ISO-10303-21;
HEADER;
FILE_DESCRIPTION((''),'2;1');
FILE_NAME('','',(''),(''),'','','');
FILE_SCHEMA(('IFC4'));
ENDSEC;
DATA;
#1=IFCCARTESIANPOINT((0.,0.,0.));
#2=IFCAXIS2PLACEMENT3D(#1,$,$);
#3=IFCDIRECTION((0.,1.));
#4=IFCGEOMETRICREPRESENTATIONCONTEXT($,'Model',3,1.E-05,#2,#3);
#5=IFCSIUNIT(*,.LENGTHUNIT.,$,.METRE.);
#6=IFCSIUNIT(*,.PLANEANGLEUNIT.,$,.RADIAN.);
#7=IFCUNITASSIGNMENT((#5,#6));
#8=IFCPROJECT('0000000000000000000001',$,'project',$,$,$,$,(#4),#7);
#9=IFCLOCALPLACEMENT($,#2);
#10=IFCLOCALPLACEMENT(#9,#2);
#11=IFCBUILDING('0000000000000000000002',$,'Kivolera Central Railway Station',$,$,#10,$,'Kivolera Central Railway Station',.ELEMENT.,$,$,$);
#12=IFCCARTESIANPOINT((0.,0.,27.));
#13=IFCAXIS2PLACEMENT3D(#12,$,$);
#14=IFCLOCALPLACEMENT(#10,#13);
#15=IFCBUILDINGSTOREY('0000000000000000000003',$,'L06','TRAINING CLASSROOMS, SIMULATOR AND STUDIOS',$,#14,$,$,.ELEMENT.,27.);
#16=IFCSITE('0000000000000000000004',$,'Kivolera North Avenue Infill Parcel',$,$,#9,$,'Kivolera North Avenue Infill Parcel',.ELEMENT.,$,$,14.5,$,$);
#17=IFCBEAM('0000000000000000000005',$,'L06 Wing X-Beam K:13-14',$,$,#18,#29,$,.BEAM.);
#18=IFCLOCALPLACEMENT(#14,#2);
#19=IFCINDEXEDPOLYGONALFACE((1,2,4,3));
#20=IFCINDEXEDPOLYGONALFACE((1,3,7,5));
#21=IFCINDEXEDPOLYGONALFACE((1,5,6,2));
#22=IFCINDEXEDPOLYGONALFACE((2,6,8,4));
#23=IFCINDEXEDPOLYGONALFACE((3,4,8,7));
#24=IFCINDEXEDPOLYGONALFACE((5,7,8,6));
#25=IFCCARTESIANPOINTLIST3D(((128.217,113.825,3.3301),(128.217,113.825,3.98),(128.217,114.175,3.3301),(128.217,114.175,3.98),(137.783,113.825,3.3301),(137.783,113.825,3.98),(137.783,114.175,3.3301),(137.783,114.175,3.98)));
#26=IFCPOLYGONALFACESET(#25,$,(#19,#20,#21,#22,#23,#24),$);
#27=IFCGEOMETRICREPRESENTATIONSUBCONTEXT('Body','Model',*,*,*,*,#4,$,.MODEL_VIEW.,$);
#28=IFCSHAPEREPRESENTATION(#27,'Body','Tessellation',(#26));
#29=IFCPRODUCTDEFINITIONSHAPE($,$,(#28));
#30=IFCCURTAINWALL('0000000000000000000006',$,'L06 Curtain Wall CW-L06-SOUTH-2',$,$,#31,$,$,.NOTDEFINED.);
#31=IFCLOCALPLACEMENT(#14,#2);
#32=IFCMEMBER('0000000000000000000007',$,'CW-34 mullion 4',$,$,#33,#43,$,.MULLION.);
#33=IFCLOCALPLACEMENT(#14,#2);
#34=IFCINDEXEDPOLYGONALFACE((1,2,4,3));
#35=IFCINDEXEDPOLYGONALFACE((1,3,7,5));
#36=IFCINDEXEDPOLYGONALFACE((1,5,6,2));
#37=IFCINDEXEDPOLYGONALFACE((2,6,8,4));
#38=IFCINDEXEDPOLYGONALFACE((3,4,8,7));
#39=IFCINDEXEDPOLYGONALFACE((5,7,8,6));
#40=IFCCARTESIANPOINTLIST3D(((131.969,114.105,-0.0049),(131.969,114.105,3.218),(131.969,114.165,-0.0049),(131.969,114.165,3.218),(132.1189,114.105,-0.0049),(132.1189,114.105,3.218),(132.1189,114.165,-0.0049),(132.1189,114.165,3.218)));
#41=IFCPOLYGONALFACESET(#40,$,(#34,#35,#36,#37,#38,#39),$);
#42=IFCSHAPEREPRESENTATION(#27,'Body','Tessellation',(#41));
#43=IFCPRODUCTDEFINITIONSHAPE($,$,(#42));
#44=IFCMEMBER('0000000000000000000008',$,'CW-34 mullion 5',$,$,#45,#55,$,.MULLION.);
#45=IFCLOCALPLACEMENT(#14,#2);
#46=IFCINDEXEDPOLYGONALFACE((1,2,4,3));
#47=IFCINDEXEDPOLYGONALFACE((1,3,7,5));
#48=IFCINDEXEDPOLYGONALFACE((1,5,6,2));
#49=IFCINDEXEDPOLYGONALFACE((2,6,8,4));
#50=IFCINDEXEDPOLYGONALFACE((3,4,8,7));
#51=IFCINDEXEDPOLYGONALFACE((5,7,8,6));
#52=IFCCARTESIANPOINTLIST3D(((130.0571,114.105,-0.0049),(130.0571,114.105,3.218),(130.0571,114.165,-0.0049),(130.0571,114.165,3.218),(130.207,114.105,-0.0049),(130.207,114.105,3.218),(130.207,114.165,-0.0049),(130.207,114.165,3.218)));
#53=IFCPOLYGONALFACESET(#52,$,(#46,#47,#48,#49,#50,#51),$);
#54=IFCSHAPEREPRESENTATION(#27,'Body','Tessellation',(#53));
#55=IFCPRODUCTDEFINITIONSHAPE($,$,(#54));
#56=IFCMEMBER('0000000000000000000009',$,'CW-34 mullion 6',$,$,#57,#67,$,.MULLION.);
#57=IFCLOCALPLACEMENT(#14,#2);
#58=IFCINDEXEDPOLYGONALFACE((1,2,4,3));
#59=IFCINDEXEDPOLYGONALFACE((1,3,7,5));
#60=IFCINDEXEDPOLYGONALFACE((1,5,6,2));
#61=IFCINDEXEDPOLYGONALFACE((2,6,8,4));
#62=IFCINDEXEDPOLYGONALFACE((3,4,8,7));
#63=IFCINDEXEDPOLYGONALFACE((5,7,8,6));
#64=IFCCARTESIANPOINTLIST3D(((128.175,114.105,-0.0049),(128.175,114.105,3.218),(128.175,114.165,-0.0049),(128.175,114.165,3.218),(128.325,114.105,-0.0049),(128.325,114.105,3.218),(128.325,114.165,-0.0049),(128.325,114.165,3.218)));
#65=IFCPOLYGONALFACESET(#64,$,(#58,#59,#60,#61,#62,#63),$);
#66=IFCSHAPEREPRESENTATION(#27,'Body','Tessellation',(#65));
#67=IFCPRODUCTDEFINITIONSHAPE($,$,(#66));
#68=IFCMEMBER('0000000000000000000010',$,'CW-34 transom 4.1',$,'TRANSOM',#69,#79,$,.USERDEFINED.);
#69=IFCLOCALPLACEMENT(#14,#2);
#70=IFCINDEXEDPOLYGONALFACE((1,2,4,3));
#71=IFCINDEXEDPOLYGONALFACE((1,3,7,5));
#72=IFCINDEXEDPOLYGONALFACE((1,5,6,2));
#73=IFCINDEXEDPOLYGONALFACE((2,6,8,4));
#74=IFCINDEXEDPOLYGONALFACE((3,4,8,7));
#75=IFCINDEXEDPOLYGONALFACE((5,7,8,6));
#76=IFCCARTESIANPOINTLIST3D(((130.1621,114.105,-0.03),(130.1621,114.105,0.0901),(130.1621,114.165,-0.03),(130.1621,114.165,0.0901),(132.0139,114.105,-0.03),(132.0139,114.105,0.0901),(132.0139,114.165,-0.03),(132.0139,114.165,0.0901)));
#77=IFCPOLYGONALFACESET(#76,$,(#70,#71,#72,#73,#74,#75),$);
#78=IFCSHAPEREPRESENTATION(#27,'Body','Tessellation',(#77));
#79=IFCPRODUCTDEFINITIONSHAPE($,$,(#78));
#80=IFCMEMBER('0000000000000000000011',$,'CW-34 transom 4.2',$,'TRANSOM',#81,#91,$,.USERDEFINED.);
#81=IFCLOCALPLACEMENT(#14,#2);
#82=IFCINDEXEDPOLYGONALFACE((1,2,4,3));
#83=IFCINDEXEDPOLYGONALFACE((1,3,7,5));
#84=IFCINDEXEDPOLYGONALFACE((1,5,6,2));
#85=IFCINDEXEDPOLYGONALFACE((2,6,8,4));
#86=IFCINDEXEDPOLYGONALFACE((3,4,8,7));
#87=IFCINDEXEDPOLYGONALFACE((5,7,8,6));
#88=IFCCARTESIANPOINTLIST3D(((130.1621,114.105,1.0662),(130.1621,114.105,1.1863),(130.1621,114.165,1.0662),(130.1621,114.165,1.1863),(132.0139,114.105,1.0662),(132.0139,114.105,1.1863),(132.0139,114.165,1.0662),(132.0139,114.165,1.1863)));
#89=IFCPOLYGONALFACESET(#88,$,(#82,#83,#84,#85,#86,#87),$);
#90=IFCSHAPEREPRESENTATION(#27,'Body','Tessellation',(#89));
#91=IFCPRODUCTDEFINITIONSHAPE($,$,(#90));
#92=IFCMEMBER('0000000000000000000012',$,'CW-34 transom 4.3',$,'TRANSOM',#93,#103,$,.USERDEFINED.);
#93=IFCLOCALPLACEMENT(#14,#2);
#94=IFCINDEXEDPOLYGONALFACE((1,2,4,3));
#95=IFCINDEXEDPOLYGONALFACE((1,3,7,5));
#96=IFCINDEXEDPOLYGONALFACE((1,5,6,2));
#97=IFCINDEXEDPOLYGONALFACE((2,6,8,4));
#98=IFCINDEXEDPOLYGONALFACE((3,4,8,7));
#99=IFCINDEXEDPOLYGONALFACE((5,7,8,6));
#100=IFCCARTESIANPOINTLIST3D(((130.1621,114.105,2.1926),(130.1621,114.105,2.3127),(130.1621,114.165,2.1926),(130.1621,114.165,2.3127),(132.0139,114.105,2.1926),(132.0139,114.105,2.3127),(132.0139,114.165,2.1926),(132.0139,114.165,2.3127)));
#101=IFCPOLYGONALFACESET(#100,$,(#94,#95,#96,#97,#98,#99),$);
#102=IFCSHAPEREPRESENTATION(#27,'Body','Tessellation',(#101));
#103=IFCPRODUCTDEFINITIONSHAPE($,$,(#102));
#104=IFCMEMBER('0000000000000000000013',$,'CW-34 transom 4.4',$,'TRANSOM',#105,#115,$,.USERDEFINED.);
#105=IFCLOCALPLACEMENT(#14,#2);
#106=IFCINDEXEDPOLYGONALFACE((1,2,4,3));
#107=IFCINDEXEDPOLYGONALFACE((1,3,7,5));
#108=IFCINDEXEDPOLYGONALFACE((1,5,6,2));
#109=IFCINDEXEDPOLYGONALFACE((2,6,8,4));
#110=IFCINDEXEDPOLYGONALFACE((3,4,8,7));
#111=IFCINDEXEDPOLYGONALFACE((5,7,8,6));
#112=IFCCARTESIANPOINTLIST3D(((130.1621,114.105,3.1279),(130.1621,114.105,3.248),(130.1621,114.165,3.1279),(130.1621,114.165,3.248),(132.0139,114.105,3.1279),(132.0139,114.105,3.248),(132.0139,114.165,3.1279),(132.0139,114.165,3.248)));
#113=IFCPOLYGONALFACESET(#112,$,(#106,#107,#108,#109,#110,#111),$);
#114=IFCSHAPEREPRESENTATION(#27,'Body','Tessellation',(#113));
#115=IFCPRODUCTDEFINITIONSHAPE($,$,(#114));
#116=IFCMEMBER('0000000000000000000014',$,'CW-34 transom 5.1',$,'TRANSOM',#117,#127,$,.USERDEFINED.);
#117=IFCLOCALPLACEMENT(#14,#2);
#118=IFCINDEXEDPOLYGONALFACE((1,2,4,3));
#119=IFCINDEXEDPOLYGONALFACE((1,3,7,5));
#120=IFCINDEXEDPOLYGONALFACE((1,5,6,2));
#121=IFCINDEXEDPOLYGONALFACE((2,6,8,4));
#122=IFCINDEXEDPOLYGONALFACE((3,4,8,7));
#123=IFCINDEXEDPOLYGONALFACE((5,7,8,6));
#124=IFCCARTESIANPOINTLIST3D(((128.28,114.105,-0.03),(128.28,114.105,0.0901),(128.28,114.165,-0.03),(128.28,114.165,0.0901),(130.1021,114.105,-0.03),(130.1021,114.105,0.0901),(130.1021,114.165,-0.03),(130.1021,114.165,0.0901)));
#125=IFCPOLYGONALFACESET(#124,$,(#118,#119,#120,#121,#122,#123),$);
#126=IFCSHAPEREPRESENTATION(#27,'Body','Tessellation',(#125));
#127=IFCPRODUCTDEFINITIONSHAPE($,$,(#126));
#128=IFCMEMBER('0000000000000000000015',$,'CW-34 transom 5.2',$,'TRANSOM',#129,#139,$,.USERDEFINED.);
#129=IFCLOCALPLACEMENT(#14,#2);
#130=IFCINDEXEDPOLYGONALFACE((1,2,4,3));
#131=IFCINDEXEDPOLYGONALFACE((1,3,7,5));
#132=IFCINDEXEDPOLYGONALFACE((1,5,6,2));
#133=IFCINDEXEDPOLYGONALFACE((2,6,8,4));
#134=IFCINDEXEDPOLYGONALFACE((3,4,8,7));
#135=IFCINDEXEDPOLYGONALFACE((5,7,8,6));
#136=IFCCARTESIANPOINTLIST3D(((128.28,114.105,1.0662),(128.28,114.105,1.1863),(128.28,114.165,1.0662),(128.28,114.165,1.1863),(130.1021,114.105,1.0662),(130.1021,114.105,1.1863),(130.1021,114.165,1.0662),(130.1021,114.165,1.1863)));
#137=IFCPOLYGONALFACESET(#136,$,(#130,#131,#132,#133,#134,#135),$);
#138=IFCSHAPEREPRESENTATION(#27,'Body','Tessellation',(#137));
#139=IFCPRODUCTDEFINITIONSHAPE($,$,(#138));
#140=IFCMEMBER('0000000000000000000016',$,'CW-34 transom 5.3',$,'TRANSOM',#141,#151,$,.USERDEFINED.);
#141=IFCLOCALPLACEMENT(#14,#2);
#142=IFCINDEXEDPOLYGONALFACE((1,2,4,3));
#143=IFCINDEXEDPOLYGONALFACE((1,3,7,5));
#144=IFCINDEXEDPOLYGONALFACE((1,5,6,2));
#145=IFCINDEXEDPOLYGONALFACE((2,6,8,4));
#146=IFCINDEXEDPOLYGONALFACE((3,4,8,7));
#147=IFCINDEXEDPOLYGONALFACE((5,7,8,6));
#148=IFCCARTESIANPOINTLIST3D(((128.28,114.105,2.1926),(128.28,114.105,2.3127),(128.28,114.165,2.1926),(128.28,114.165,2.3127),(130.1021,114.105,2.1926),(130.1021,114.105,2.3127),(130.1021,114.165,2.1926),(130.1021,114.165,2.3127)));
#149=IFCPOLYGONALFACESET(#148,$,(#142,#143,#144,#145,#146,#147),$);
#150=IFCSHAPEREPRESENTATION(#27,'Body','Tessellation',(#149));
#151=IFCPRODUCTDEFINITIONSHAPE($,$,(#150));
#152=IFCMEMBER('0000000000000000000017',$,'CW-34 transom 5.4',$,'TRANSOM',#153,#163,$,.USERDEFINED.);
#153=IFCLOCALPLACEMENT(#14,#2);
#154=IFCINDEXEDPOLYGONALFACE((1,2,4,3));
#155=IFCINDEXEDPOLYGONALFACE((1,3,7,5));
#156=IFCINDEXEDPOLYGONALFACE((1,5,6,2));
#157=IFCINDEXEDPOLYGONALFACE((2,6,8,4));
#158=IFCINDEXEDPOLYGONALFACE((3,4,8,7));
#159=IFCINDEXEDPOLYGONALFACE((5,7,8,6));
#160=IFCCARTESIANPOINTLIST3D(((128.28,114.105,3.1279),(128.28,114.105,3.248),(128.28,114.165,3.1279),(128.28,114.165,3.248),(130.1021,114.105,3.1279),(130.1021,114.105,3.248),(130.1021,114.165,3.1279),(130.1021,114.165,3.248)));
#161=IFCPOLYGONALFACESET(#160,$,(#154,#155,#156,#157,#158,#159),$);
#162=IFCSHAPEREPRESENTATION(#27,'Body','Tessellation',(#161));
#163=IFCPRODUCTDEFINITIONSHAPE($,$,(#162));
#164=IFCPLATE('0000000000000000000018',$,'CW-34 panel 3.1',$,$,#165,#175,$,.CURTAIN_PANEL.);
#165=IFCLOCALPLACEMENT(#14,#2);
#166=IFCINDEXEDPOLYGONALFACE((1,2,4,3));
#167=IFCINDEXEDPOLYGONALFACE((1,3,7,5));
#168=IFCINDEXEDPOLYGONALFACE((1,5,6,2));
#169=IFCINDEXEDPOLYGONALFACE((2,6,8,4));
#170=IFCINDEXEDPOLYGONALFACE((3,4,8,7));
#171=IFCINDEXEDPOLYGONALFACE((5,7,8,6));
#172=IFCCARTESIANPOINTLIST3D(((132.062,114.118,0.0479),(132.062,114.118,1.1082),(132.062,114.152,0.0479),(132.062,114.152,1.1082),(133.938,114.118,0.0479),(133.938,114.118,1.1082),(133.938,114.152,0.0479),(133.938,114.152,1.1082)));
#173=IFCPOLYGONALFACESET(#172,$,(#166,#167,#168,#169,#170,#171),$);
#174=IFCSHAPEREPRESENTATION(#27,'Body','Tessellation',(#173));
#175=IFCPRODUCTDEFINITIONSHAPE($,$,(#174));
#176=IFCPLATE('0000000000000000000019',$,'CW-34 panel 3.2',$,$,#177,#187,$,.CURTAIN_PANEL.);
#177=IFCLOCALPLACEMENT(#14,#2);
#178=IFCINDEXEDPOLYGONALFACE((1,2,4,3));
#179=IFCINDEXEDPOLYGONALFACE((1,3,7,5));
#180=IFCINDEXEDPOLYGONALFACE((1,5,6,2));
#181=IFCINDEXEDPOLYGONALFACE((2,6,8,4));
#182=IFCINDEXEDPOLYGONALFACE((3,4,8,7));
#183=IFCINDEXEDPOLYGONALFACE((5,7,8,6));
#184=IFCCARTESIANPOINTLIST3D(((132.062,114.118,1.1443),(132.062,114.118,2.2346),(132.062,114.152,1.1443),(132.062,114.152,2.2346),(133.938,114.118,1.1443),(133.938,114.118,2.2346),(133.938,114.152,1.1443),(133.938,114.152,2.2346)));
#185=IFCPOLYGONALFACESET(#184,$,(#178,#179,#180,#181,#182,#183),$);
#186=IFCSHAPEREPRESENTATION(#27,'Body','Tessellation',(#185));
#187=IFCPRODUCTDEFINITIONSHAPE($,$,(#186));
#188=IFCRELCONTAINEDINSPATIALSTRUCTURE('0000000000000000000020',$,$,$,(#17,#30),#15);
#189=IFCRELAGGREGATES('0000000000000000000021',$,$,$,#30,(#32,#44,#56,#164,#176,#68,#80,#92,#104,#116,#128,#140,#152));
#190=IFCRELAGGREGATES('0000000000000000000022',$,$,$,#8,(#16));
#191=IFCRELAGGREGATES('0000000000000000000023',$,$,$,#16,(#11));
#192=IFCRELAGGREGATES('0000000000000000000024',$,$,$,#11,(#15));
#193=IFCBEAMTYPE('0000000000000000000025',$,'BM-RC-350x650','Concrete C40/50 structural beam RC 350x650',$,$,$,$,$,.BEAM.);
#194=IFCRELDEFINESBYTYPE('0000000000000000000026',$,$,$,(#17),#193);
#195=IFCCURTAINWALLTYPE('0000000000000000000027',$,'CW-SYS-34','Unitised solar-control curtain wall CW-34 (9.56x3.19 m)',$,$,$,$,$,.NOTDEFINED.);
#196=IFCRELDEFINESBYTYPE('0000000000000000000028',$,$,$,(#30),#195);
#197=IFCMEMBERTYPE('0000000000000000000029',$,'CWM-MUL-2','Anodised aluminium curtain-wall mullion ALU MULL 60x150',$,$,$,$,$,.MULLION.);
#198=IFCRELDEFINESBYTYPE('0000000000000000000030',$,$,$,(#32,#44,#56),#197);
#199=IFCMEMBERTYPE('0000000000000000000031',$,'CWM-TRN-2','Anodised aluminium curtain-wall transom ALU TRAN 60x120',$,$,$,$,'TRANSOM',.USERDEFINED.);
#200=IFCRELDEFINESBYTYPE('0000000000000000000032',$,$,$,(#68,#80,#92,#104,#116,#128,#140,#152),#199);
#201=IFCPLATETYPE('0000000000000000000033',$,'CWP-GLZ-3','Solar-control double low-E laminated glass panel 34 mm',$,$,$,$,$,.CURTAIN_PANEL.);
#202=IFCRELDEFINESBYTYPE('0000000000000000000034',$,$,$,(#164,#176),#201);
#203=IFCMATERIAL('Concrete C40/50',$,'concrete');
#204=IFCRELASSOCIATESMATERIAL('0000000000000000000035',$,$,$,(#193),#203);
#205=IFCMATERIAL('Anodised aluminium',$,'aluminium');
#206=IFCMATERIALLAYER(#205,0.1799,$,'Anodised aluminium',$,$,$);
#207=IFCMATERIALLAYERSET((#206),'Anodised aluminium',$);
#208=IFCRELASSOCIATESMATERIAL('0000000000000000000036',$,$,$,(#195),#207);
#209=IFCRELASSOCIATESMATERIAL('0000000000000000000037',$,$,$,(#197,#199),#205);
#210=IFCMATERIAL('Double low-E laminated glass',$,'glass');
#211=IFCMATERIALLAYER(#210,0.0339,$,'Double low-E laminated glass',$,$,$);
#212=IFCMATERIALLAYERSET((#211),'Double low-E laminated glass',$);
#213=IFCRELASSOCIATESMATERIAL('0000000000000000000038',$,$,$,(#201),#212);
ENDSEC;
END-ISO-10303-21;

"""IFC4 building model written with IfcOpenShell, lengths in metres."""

from ifc_helpers import new_model, si_unit, direction, frame, origin, origin_2d, place, context, subcontext, project, spatial, rectangle, extrude, material, layer, layer_set, material_profile, profile_set, type_object, element, aggregate, save


model = new_model("IFC4")

# Units and contexts
model_context = context("Model", 3, precision=1e-05, world=origin(), true_north=direction((0.0, 1.0)))
body_context = subcontext(model_context, "Body", "Model", "MODEL_VIEW")
ifc_project = project(units=[si_unit("LENGTHUNIT", "METRE"), si_unit("PLANEANGLEUNIT", "RADIAN")], contexts=[model_context])

# Site, building, storey
site_placement = place(None, origin())
site = spatial("IfcSite", under=ifc_project, at=site_placement, Name="Kivolera North Avenue Infill Parcel", LongName="Kivolera North Avenue Infill Parcel", CompositionType="ELEMENT", RefElevation=14.5)
building_placement = place(site_placement, origin())
building = spatial("IfcBuilding", under=site, at=building_placement, Name="Kivolera Central Railway Station", LongName="Kivolera Central Railway Station", CompositionType="ELEMENT")
storey_placement = place(building_placement, frame((0.0, 0.0, 27.0)))
storey = spatial("IfcBuildingStorey", under=building, at=storey_placement, Name="L06", Description="TRAINING CLASSROOMS, SIMULATOR AND STUDIOS", CompositionType="ELEMENT", Elevation=27.0)

# Beam
ifc_material_1 = material(Name="Concrete C40/50", Category="concrete")
ifc_material_profile_1 = material_profile(ifc_material_1, rectangle(XDim=0.3501, YDim=0.6499, at=origin_2d()), Name="RC 350x650")
ifc_profile_set_1 = profile_set([ifc_material_profile_1], Name="Concrete C40/50")
beam_type = type_object("IfcBeamType", Name="BM-RC-350x650", Description="Concrete C40/50 structural beam RC 350x650", PredefinedType="BEAM", material=ifc_profile_set_1)
beam_placement = place(storey_placement, frame((128.217, 114.0, 3.655), z_axis=(1.0, 0.0, 0.0), x_axis=(0.0, 1.0, 0.0)))
element("IfcBeam", 1, at=beam_placement, inside=storey, type_object=beam_type, Name="L06 Wing X-Beam K:13-14", PredefinedType="BEAM", context=body_context, shape_type="SweptSolid", body=[
    extrude(rectangle(XDim=0.3501, YDim=0.6499, at=origin_2d()), origin(), (0.0, 0.0, 1.0), 9.5659),
])

# Curtain wall, members, plates
ifc_material_2 = material(Name="Anodised aluminium", Category="aluminium")
ifc_layer_1 = layer(ifc_material_2, 0.1799, Name="Anodised aluminium")
ifc_layer_set_1 = layer_set([ifc_layer_1], Name="Anodised aluminium")
curtain_wall_type = type_object("IfcCurtainWallType", Name="CW-SYS-34", Description="Unitised solar-control curtain wall CW-34 (9.56x3.19 m)", PredefinedType="NOTDEFINED", material=ifc_layer_set_1)
curtain_wall_placement = place(storey_placement, origin())
curtain_wall = element("IfcCurtainWall", 2, at=curtain_wall_placement, inside=storey, type_object=curtain_wall_type, Name="L06 Curtain Wall CW-L06-SOUTH-2", PredefinedType="NOTDEFINED")
ifc_material_profile_2 = material_profile(ifc_material_2, rectangle(XDim=0.0601, YDim=0.1499, at=origin_2d()), Name="ALU MULL 60x150")
ifc_profile_set_2 = profile_set([ifc_material_profile_2], Name="Anodised aluminium")
member_type_1 = type_object("IfcMemberType", Name="CWM-MUL-2", Description="Anodised aluminium curtain-wall mullion ALU MULL 60x150", PredefinedType="MULLION", material=ifc_profile_set_2)
member_1_placement = place(storey_placement, frame((132.0439, 114.135, -0.0049), z_axis=(0.0, 0.0, 1.0), x_axis=(0.0, -1.0, 0.0)))
member_1 = element("IfcMember", 3, at=member_1_placement, type_object=member_type_1, Name="CW-34 mullion 4", PredefinedType="MULLION", context=body_context, shape_type="SweptSolid", body=[
    extrude(rectangle(XDim=0.0601, YDim=0.1499, at=origin_2d()), origin(), (0.0, 0.0, 1.0), 3.2229),
])
member_2_placement = place(storey_placement, frame((130.1321, 114.135, -0.0049), z_axis=(0.0, 0.0, 1.0), x_axis=(0.0, -1.0, 0.0)))
member_2 = element("IfcMember", 4, at=member_2_placement, type_object=member_type_1, Name="CW-34 mullion 5", PredefinedType="MULLION", context=body_context, shape_type="SweptSolid", body=[
    extrude(rectangle(XDim=0.0601, YDim=0.1499, at=origin_2d()), origin(), (0.0, 0.0, 1.0), 3.2229),
])
member_3_placement = place(storey_placement, frame((128.25, 114.135, -0.0049), z_axis=(0.0, 0.0, 1.0), x_axis=(0.0, -1.0, 0.0)))
member_3 = element("IfcMember", 5, at=member_3_placement, type_object=member_type_1, Name="CW-34 mullion 6", PredefinedType="MULLION", context=body_context, shape_type="SweptSolid", body=[
    extrude(rectangle(XDim=0.0601, YDim=0.1499, at=origin_2d()), origin(), (0.0, 0.0, 1.0), 3.2229),
])
ifc_material_profile_3 = material_profile(ifc_material_2, rectangle(XDim=0.0601, YDim=0.1201, at=origin_2d()), Name="ALU TRAN 60x120")
ifc_profile_set_3 = profile_set([ifc_material_profile_3], Name="Anodised aluminium")
member_type_2 = type_object("IfcMemberType", Name="CWM-TRN-2", Description="Anodised aluminium curtain-wall transom ALU TRAN 60x120", ElementType="TRANSOM", PredefinedType="USERDEFINED", material=ifc_profile_set_3)
member_4_placement = place(storey_placement, frame((132.0139, 114.135, 0.03), z_axis=(-1.0, 0.0, 0.0), x_axis=(0.0, -1.0, 0.0)))
member_4 = element("IfcMember", 6, at=member_4_placement, type_object=member_type_2, Name="CW-34 transom 4.1", ObjectType="TRANSOM", PredefinedType="USERDEFINED", context=body_context, shape_type="SweptSolid", body=[
    extrude(rectangle(XDim=0.0601, YDim=0.1201, at=origin_2d()), origin(), (0.0, 0.0, 1.0), 1.8518),
])
member_5_placement = place(storey_placement, frame((132.0139, 114.135, 1.1262), z_axis=(-1.0, 0.0, 0.0), x_axis=(0.0, -1.0, 0.0)))
member_5 = element("IfcMember", 7, at=member_5_placement, type_object=member_type_2, Name="CW-34 transom 4.2", ObjectType="TRANSOM", PredefinedType="USERDEFINED", context=body_context, shape_type="SweptSolid", body=[
    extrude(rectangle(XDim=0.0601, YDim=0.1201, at=origin_2d()), origin(), (0.0, 0.0, 1.0), 1.8518),
])
member_6_placement = place(storey_placement, frame((132.0139, 114.135, 2.2527), z_axis=(-1.0, 0.0, 0.0), x_axis=(0.0, -1.0, 0.0)))
member_6 = element("IfcMember", 8, at=member_6_placement, type_object=member_type_2, Name="CW-34 transom 4.3", ObjectType="TRANSOM", PredefinedType="USERDEFINED", context=body_context, shape_type="SweptSolid", body=[
    extrude(rectangle(XDim=0.0601, YDim=0.1201, at=origin_2d()), origin(), (0.0, 0.0, 1.0), 1.8518),
])
member_7_placement = place(storey_placement, frame((132.0139, 114.135, 3.188), z_axis=(-1.0, 0.0, 0.0), x_axis=(0.0, -1.0, 0.0)))
member_7 = element("IfcMember", 9, at=member_7_placement, type_object=member_type_2, Name="CW-34 transom 4.4", ObjectType="TRANSOM", PredefinedType="USERDEFINED", context=body_context, shape_type="SweptSolid", body=[
    extrude(rectangle(XDim=0.0601, YDim=0.1201, at=origin_2d()), origin(), (0.0, 0.0, 1.0), 1.8518),
])
member_8_placement = place(storey_placement, frame((130.1021, 114.135, 0.03), z_axis=(-1.0, 0.0, 0.0), x_axis=(0.0, -1.0, 0.0)))
member_8 = element("IfcMember", 10, at=member_8_placement, type_object=member_type_2, Name="CW-34 transom 5.1", ObjectType="TRANSOM", PredefinedType="USERDEFINED", context=body_context, shape_type="SweptSolid", body=[
    extrude(rectangle(XDim=0.0601, YDim=0.1201, at=origin_2d()), origin(), (0.0, 0.0, 1.0), 1.822),
])
member_9_placement = place(storey_placement, frame((130.1021, 114.135, 1.1262), z_axis=(-1.0, 0.0, 0.0), x_axis=(0.0, -1.0, 0.0)))
member_9 = element("IfcMember", 11, at=member_9_placement, type_object=member_type_2, Name="CW-34 transom 5.2", ObjectType="TRANSOM", PredefinedType="USERDEFINED", context=body_context, shape_type="SweptSolid", body=[
    extrude(rectangle(XDim=0.0601, YDim=0.1201, at=origin_2d()), origin(), (0.0, 0.0, 1.0), 1.822),
])
member_10_placement = place(storey_placement, frame((130.1021, 114.135, 2.2527), z_axis=(-1.0, 0.0, 0.0), x_axis=(0.0, -1.0, 0.0)))
member_10 = element("IfcMember", 12, at=member_10_placement, type_object=member_type_2, Name="CW-34 transom 5.3", ObjectType="TRANSOM", PredefinedType="USERDEFINED", context=body_context, shape_type="SweptSolid", body=[
    extrude(rectangle(XDim=0.0601, YDim=0.1201, at=origin_2d()), origin(), (0.0, 0.0, 1.0), 1.822),
])
member_11_placement = place(storey_placement, frame((130.1021, 114.135, 3.188), z_axis=(-1.0, 0.0, 0.0), x_axis=(0.0, -1.0, 0.0)))
member_11 = element("IfcMember", 13, at=member_11_placement, type_object=member_type_2, Name="CW-34 transom 5.4", ObjectType="TRANSOM", PredefinedType="USERDEFINED", context=body_context, shape_type="SweptSolid", body=[
    extrude(rectangle(XDim=0.0601, YDim=0.1201, at=origin_2d()), origin(), (0.0, 0.0, 1.0), 1.822),
])
ifc_material_3 = material(Name="Double low-E laminated glass", Category="glass")
ifc_layer_2 = layer(ifc_material_3, 0.0339, Name="Double low-E laminated glass")
ifc_layer_set_2 = layer_set([ifc_layer_2], Name="Double low-E laminated glass")
plate_type = type_object("IfcPlateType", Name="CWP-GLZ-3", Description="Solar-control double low-E laminated glass panel 34 mm", PredefinedType="CURTAIN_PANEL", material=ifc_layer_set_2)
plate_1_placement = place(storey_placement, frame((133.0, 114.135, 0.0479), z_axis=(0.0, 0.0, 1.0), x_axis=(-1.0, 0.0, 0.0)))
plate_1 = element("IfcPlate", 14, at=plate_1_placement, type_object=plate_type, Name="CW-34 panel 3.1", PredefinedType="CURTAIN_PANEL", context=body_context, shape_type="SweptSolid", body=[
    extrude(rectangle(XDim=1.876, YDim=0.0339, at=origin_2d()), origin(), (0.0, 0.0, 1.0), 1.0603),
])
plate_2_placement = place(storey_placement, frame((133.0, 114.135, 1.1443), z_axis=(0.0, 0.0, 1.0), x_axis=(-1.0, 0.0, 0.0)))
plate_2 = element("IfcPlate", 15, at=plate_2_placement, type_object=plate_type, Name="CW-34 panel 3.2", PredefinedType="CURTAIN_PANEL", context=body_context, shape_type="SweptSolid", body=[
    extrude(rectangle(XDim=1.876, YDim=0.0339, at=origin_2d()), origin(), (0.0, 0.0, 1.0), 1.0903),
])
aggregate(curtain_wall, [member_1, member_2, member_3, plate_1, plate_2, member_4, member_5, member_6, member_7, member_8, member_9, member_10, member_11])

save(model, "model.ifc")
